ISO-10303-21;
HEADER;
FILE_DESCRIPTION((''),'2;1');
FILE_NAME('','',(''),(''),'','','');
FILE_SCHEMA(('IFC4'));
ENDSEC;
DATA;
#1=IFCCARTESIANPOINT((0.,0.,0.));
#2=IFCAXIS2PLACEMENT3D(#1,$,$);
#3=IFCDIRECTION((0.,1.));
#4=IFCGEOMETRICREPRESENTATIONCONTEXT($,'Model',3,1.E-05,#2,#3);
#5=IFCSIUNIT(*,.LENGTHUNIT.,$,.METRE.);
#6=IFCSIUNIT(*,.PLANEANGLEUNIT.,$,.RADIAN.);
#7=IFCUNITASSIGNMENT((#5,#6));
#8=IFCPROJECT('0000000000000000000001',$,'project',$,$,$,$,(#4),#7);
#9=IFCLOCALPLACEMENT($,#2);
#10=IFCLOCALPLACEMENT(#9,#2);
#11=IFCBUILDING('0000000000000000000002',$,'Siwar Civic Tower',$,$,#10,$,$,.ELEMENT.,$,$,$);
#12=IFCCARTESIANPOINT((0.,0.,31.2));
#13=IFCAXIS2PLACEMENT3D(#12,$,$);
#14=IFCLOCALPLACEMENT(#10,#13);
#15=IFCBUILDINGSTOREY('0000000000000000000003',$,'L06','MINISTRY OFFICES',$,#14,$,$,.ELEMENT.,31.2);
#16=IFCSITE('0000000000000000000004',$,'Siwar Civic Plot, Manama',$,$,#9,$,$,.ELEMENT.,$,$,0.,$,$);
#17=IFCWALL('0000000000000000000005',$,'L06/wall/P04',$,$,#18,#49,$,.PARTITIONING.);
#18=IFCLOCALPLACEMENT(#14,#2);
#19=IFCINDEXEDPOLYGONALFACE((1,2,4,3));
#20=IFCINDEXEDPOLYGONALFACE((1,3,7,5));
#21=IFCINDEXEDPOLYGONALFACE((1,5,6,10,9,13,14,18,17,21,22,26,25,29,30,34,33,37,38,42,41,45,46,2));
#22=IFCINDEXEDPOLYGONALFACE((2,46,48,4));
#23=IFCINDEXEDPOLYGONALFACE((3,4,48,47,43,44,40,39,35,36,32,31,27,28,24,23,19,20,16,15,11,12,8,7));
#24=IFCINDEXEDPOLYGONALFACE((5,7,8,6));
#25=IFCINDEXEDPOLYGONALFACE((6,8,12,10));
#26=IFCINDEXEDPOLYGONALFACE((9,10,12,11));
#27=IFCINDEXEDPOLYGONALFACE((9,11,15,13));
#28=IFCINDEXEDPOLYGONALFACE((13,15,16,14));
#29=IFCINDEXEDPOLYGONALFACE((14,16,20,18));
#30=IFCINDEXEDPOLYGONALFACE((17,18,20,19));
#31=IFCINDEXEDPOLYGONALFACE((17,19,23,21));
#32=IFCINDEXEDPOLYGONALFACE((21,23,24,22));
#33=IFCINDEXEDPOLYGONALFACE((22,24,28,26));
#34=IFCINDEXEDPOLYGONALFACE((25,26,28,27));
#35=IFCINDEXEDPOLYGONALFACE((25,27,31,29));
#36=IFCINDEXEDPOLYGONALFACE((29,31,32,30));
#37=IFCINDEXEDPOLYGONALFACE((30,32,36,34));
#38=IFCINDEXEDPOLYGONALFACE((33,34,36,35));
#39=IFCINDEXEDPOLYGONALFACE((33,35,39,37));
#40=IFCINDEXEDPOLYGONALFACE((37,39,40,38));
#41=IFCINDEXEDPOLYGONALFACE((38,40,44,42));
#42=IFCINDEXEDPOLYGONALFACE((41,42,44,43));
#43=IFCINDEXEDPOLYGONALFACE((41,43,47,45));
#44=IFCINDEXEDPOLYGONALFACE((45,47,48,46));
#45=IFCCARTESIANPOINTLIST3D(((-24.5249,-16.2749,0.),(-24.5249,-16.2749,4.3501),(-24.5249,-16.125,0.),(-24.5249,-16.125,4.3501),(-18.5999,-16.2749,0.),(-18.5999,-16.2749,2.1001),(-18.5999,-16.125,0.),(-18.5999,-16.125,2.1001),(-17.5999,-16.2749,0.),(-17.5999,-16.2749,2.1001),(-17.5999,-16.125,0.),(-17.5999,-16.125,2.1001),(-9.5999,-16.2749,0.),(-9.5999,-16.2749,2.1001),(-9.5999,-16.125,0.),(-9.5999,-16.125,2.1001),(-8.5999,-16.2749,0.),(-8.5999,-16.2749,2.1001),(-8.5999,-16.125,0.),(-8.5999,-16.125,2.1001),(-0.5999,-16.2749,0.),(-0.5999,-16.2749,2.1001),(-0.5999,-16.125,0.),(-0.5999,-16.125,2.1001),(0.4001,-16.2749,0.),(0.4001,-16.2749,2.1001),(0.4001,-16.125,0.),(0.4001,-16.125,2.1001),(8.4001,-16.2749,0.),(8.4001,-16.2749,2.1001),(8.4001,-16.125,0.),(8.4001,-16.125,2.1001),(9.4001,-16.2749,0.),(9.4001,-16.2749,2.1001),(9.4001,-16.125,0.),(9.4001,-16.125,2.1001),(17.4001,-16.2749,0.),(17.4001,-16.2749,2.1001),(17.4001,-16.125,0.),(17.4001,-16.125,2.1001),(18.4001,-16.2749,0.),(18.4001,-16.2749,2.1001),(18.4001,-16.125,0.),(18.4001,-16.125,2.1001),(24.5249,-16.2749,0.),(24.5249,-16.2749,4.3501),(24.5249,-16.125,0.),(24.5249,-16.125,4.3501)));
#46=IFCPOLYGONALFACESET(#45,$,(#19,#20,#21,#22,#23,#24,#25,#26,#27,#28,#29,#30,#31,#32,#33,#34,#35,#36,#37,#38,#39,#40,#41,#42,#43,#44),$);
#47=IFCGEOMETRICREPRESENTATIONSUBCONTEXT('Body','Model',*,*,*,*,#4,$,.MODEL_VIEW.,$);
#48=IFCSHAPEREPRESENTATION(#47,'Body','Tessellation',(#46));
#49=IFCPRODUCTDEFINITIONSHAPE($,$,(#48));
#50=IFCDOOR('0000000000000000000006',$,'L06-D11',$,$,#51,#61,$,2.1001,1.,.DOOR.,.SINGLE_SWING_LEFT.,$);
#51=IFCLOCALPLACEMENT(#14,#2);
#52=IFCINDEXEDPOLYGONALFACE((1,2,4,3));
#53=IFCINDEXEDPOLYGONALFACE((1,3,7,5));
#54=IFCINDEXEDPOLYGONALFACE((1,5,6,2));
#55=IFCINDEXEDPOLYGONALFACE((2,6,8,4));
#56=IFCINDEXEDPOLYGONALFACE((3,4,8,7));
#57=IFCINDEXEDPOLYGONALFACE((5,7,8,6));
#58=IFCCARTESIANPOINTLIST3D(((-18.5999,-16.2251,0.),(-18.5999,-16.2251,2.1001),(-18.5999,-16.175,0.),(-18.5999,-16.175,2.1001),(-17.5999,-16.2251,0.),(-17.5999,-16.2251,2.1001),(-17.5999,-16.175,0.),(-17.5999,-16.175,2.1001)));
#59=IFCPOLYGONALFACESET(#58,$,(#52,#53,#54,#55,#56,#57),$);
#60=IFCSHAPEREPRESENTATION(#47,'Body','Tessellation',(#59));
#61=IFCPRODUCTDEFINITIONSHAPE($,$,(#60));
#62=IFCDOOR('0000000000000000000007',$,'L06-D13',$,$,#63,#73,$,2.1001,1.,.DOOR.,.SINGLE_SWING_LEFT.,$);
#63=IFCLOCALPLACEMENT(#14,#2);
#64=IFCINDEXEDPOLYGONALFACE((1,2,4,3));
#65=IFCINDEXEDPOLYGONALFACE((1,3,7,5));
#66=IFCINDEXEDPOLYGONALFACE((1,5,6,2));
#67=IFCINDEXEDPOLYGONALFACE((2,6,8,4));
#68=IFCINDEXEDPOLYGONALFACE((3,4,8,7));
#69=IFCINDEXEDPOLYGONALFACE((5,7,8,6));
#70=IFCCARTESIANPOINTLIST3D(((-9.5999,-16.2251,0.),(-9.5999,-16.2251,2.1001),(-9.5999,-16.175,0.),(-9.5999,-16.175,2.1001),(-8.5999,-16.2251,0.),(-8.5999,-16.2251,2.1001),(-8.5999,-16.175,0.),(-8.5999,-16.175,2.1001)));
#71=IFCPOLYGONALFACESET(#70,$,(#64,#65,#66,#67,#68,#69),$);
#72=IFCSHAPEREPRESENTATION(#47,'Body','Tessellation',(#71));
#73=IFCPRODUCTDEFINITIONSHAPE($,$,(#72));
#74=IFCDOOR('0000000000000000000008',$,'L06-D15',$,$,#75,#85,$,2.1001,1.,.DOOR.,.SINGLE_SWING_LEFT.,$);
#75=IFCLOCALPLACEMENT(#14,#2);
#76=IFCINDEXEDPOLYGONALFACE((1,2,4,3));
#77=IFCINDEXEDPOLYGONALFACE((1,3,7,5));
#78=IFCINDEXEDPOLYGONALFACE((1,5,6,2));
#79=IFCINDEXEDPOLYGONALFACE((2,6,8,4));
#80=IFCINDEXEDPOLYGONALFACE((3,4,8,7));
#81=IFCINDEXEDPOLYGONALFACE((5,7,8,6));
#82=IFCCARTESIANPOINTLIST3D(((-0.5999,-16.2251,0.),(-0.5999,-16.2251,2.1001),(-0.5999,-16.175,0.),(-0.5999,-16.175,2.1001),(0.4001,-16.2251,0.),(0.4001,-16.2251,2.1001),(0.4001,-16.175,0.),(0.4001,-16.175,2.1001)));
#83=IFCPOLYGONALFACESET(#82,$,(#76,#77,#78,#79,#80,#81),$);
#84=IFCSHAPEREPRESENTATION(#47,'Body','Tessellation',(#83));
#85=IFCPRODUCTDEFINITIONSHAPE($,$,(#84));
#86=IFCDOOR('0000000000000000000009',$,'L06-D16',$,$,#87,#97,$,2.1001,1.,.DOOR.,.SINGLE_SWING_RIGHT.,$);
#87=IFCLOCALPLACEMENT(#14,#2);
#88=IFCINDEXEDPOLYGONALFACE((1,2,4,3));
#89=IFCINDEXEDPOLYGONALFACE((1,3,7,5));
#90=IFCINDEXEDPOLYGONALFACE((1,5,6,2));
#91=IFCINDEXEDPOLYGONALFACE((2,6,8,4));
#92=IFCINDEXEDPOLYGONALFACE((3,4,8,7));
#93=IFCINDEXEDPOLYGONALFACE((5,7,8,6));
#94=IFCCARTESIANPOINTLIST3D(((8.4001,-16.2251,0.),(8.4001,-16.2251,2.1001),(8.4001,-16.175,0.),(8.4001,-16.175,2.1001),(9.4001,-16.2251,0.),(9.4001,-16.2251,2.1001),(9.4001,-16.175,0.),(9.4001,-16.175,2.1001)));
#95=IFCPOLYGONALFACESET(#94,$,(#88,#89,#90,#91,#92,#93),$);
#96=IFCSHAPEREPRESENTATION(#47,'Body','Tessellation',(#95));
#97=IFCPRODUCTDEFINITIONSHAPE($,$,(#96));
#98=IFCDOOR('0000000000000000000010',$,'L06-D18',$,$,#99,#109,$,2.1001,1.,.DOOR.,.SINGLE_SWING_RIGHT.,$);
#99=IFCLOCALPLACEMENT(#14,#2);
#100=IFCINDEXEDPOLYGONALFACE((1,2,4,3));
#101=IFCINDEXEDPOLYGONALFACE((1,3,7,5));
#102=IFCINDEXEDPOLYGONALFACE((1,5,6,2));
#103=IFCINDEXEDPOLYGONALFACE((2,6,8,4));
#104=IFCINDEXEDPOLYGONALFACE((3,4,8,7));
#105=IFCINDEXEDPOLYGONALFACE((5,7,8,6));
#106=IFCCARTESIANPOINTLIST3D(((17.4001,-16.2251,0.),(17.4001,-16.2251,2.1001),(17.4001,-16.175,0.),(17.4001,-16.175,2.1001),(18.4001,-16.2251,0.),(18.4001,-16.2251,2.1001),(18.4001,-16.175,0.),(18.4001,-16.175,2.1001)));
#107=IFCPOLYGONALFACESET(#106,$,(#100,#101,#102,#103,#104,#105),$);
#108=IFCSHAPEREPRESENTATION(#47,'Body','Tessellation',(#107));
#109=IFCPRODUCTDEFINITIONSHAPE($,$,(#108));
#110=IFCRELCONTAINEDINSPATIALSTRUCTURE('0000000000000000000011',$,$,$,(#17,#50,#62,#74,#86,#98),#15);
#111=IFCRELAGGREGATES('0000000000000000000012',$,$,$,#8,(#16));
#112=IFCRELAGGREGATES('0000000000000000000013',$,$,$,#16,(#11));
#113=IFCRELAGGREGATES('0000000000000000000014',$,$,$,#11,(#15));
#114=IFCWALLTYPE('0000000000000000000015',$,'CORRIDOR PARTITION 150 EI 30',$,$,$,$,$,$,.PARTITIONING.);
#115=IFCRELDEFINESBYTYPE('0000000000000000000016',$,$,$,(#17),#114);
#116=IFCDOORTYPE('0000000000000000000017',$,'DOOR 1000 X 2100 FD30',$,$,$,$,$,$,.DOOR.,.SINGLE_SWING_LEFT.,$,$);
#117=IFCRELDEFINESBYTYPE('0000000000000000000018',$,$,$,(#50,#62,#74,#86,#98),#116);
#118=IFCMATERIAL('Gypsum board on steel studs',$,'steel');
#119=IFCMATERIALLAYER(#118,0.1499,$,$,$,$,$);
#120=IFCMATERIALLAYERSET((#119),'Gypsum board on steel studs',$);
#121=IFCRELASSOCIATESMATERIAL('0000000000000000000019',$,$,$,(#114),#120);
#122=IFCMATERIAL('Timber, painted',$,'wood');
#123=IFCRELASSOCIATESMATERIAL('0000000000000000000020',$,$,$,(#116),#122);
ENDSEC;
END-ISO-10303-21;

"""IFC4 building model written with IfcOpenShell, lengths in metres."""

from ifc_helpers import new_model, si_unit, direction, frame, frame_2d, origin, place, context, subcontext, project, spatial, rectangle, extrude, material, layer, layer_set, type_object, element, fill, save


model = new_model("IFC4")

# Units and contexts
model_context = context("Model", 3, precision=1e-05, world=origin(), true_north=direction((0.0, 1.0)))
body_context = subcontext(model_context, "Body", "Model", "MODEL_VIEW")
ifc_project = project(units=[si_unit("LENGTHUNIT", "METRE"), si_unit("PLANEANGLEUNIT", "RADIAN")], contexts=[model_context])

# Site, building, storey
site_placement = place(None, origin())
site = spatial("IfcSite", under=ifc_project, at=site_placement, Name="Siwar Civic Plot, Manama", CompositionType="ELEMENT", RefElevation=0.0)
building_placement = place(site_placement, origin())
building = spatial("IfcBuilding", under=site, at=building_placement, Name="Siwar Civic Tower", CompositionType="ELEMENT")
storey_placement = place(building_placement, frame((0.0, 0.0, 31.2)))
storey = spatial("IfcBuildingStorey", under=building, at=storey_placement, Name="L06", Description="MINISTRY OFFICES", CompositionType="ELEMENT", Elevation=31.2)

# Wall, openings, doors
ifc_material_1 = material(Name="Gypsum board on steel studs", Category="steel")
ifc_layer_1 = layer(ifc_material_1, 0.1499)
ifc_layer_set_1 = layer_set([ifc_layer_1], Name="Gypsum board on steel studs")
wall_type_1 = type_object("IfcWallType", Name="CORRIDOR PARTITION 150 EI 30", PredefinedType="PARTITIONING", material=ifc_layer_set_1)
wall_1_placement = place(storey_placement, frame((-24.5249, -16.2, 0.0), z_axis=(0.0, 0.0, 1.0), x_axis=(1.0, 0.0, 0.0)))
wall_1 = element("IfcWall", 1, at=wall_1_placement, inside=storey, type_object=wall_type_1, Name="L06/wall/P04", PredefinedType="PARTITIONING", context=body_context, shape_type="SweptSolid", body=[
    extrude(rectangle(XDim=49.0498, YDim=0.1499, at=frame_2d((24.5249, 0.0))), origin(), (0.0, 0.0, 1.0), 4.3501),
])
opening_1_placement = place(wall_1_placement, frame((5.925, 0.0, 0.0)))
opening_1 = element("IfcOpeningElement", 2, at=opening_1_placement, cuts=wall_1, PredefinedType="OPENING", context=body_context, shape_type="SweptSolid", body=[
    extrude(rectangle(XDim=1.0, YDim=2.1001, at=frame_2d((0.5, 1.05))), frame((0.0, 0.085, 0.0), z_axis=(0.0, -1.0, 0.0), x_axis=(1.0, 0.0, 0.0)), (0.0, 0.0, 1.0), 0.1699),
])
opening_2_placement = place(wall_1_placement, frame((14.925, 0.0, 0.0)))
opening_2 = element("IfcOpeningElement", 3, at=opening_2_placement, cuts=wall_1, PredefinedType="OPENING", context=body_context, shape_type="SweptSolid", body=[
    extrude(rectangle(XDim=1.0, YDim=2.1001, at=frame_2d((0.5, 1.05))), frame((0.0, 0.085, 0.0), z_axis=(0.0, -1.0, 0.0), x_axis=(1.0, 0.0, 0.0)), (0.0, 0.0, 1.0), 0.1699),
])
opening_3_placement = place(wall_1_placement, frame((23.925, 0.0, 0.0)))
opening_3 = element("IfcOpeningElement", 4, at=opening_3_placement, cuts=wall_1, PredefinedType="OPENING", context=body_context, shape_type="SweptSolid", body=[
    extrude(rectangle(XDim=1.0, YDim=2.1001, at=frame_2d((0.5, 1.05))), frame((0.0, 0.085, 0.0), z_axis=(0.0, -1.0, 0.0), x_axis=(1.0, 0.0, 0.0)), (0.0, 0.0, 1.0), 0.1699),
])
opening_4_placement = place(wall_1_placement, frame((32.925, 0.0, 0.0)))
opening_4 = element("IfcOpeningElement", 5, at=opening_4_placement, cuts=wall_1, PredefinedType="OPENING", context=body_context, shape_type="SweptSolid", body=[
    extrude(rectangle(XDim=1.0, YDim=2.1001, at=frame_2d((0.5, 1.05))), frame((0.0, 0.085, 0.0), z_axis=(0.0, -1.0, 0.0), x_axis=(1.0, 0.0, 0.0)), (0.0, 0.0, 1.0), 0.1699),
])
opening_5_placement = place(wall_1_placement, frame((41.925, 0.0, 0.0)))
opening_5 = element("IfcOpeningElement", 6, at=opening_5_placement, cuts=wall_1, PredefinedType="OPENING", context=body_context, shape_type="SweptSolid", body=[
    extrude(rectangle(XDim=1.0, YDim=2.1001, at=frame_2d((0.5, 1.05))), frame((0.0, 0.085, 0.0), z_axis=(0.0, -1.0, 0.0), x_axis=(1.0, 0.0, 0.0)), (0.0, 0.0, 1.0), 0.1699),
])
ifc_material_2 = material(Name="Timber, painted", Category="wood")
door_type_1 = type_object("IfcDoorType", Name="DOOR 1000 X 2100 FD30", OperationType="SINGLE_SWING_LEFT", PredefinedType="DOOR", material=ifc_material_2)
door_1_placement = place(opening_1_placement, origin())
door_1 = element("IfcDoor", 7, at=door_1_placement, inside=storey, type_object=door_type_1, Name="L06-D11", OperationType="SINGLE_SWING_LEFT", OverallHeight=2.1001, OverallWidth=1.0, PredefinedType="DOOR", context=body_context, shape_type="SweptSolid", body=[
    extrude(rectangle(XDim=1.0, YDim=2.1001, at=frame_2d((0.5, 1.05))), frame((0.0, 0.0249, 0.0), z_axis=(0.0, -1.0, 0.0), x_axis=(1.0, 0.0, 0.0)), (0.0, 0.0, 1.0), 0.05),
])
fill(opening_1, door_1)
door_2_placement = place(opening_2_placement, origin())
door_2 = element("IfcDoor", 8, at=door_2_placement, inside=storey, type_object=door_type_1, Name="L06-D13", OperationType="SINGLE_SWING_LEFT", OverallHeight=2.1001, OverallWidth=1.0, PredefinedType="DOOR", context=body_context, shape_type="SweptSolid", body=[
    extrude(rectangle(XDim=1.0, YDim=2.1001, at=frame_2d((0.5, 1.05))), frame((0.0, 0.0249, 0.0), z_axis=(0.0, -1.0, 0.0), x_axis=(1.0, 0.0, 0.0)), (0.0, 0.0, 1.0), 0.05),
])
fill(opening_2, door_2)
door_3_placement = place(opening_3_placement, origin())
door_3 = element("IfcDoor", 9, at=door_3_placement, inside=storey, type_object=door_type_1, Name="L06-D15", OperationType="SINGLE_SWING_LEFT", OverallHeight=2.1001, OverallWidth=1.0, PredefinedType="DOOR", context=body_context, shape_type="SweptSolid", body=[
    extrude(rectangle(XDim=1.0, YDim=2.1001, at=frame_2d((0.5, 1.05))), frame((0.0, 0.0249, 0.0), z_axis=(0.0, -1.0, 0.0), x_axis=(1.0, 0.0, 0.0)), (0.0, 0.0, 1.0), 0.05),
])
fill(opening_3, door_3)
door_4_placement = place(opening_4_placement, origin())
door_4 = element("IfcDoor", 10, at=door_4_placement, inside=storey, type_object=door_type_1, Name="L06-D16", OperationType="SINGLE_SWING_RIGHT", OverallHeight=2.1001, OverallWidth=1.0, PredefinedType="DOOR", context=body_context, shape_type="SweptSolid", body=[
    extrude(rectangle(XDim=1.0, YDim=2.1001, at=frame_2d((0.5, 1.05))), frame((0.0, 0.0249, 0.0), z_axis=(0.0, -1.0, 0.0), x_axis=(1.0, 0.0, 0.0)), (0.0, 0.0, 1.0), 0.05),
])
fill(opening_4, door_4)
door_5_placement = place(opening_5_placement, origin())
door_5 = element("IfcDoor", 11, at=door_5_placement, inside=storey, type_object=door_type_1, Name="L06-D18", OperationType="SINGLE_SWING_RIGHT", OverallHeight=2.1001, OverallWidth=1.0, PredefinedType="DOOR", context=body_context, shape_type="SweptSolid", body=[
    extrude(rectangle(XDim=1.0, YDim=2.1001, at=frame_2d((0.5, 1.05))), frame((0.0, 0.0249, 0.0), z_axis=(0.0, -1.0, 0.0), x_axis=(1.0, 0.0, 0.0)), (0.0, 0.0, 1.0), 0.05),
])
fill(opening_5, door_5)

save(model, "model.ifc")
